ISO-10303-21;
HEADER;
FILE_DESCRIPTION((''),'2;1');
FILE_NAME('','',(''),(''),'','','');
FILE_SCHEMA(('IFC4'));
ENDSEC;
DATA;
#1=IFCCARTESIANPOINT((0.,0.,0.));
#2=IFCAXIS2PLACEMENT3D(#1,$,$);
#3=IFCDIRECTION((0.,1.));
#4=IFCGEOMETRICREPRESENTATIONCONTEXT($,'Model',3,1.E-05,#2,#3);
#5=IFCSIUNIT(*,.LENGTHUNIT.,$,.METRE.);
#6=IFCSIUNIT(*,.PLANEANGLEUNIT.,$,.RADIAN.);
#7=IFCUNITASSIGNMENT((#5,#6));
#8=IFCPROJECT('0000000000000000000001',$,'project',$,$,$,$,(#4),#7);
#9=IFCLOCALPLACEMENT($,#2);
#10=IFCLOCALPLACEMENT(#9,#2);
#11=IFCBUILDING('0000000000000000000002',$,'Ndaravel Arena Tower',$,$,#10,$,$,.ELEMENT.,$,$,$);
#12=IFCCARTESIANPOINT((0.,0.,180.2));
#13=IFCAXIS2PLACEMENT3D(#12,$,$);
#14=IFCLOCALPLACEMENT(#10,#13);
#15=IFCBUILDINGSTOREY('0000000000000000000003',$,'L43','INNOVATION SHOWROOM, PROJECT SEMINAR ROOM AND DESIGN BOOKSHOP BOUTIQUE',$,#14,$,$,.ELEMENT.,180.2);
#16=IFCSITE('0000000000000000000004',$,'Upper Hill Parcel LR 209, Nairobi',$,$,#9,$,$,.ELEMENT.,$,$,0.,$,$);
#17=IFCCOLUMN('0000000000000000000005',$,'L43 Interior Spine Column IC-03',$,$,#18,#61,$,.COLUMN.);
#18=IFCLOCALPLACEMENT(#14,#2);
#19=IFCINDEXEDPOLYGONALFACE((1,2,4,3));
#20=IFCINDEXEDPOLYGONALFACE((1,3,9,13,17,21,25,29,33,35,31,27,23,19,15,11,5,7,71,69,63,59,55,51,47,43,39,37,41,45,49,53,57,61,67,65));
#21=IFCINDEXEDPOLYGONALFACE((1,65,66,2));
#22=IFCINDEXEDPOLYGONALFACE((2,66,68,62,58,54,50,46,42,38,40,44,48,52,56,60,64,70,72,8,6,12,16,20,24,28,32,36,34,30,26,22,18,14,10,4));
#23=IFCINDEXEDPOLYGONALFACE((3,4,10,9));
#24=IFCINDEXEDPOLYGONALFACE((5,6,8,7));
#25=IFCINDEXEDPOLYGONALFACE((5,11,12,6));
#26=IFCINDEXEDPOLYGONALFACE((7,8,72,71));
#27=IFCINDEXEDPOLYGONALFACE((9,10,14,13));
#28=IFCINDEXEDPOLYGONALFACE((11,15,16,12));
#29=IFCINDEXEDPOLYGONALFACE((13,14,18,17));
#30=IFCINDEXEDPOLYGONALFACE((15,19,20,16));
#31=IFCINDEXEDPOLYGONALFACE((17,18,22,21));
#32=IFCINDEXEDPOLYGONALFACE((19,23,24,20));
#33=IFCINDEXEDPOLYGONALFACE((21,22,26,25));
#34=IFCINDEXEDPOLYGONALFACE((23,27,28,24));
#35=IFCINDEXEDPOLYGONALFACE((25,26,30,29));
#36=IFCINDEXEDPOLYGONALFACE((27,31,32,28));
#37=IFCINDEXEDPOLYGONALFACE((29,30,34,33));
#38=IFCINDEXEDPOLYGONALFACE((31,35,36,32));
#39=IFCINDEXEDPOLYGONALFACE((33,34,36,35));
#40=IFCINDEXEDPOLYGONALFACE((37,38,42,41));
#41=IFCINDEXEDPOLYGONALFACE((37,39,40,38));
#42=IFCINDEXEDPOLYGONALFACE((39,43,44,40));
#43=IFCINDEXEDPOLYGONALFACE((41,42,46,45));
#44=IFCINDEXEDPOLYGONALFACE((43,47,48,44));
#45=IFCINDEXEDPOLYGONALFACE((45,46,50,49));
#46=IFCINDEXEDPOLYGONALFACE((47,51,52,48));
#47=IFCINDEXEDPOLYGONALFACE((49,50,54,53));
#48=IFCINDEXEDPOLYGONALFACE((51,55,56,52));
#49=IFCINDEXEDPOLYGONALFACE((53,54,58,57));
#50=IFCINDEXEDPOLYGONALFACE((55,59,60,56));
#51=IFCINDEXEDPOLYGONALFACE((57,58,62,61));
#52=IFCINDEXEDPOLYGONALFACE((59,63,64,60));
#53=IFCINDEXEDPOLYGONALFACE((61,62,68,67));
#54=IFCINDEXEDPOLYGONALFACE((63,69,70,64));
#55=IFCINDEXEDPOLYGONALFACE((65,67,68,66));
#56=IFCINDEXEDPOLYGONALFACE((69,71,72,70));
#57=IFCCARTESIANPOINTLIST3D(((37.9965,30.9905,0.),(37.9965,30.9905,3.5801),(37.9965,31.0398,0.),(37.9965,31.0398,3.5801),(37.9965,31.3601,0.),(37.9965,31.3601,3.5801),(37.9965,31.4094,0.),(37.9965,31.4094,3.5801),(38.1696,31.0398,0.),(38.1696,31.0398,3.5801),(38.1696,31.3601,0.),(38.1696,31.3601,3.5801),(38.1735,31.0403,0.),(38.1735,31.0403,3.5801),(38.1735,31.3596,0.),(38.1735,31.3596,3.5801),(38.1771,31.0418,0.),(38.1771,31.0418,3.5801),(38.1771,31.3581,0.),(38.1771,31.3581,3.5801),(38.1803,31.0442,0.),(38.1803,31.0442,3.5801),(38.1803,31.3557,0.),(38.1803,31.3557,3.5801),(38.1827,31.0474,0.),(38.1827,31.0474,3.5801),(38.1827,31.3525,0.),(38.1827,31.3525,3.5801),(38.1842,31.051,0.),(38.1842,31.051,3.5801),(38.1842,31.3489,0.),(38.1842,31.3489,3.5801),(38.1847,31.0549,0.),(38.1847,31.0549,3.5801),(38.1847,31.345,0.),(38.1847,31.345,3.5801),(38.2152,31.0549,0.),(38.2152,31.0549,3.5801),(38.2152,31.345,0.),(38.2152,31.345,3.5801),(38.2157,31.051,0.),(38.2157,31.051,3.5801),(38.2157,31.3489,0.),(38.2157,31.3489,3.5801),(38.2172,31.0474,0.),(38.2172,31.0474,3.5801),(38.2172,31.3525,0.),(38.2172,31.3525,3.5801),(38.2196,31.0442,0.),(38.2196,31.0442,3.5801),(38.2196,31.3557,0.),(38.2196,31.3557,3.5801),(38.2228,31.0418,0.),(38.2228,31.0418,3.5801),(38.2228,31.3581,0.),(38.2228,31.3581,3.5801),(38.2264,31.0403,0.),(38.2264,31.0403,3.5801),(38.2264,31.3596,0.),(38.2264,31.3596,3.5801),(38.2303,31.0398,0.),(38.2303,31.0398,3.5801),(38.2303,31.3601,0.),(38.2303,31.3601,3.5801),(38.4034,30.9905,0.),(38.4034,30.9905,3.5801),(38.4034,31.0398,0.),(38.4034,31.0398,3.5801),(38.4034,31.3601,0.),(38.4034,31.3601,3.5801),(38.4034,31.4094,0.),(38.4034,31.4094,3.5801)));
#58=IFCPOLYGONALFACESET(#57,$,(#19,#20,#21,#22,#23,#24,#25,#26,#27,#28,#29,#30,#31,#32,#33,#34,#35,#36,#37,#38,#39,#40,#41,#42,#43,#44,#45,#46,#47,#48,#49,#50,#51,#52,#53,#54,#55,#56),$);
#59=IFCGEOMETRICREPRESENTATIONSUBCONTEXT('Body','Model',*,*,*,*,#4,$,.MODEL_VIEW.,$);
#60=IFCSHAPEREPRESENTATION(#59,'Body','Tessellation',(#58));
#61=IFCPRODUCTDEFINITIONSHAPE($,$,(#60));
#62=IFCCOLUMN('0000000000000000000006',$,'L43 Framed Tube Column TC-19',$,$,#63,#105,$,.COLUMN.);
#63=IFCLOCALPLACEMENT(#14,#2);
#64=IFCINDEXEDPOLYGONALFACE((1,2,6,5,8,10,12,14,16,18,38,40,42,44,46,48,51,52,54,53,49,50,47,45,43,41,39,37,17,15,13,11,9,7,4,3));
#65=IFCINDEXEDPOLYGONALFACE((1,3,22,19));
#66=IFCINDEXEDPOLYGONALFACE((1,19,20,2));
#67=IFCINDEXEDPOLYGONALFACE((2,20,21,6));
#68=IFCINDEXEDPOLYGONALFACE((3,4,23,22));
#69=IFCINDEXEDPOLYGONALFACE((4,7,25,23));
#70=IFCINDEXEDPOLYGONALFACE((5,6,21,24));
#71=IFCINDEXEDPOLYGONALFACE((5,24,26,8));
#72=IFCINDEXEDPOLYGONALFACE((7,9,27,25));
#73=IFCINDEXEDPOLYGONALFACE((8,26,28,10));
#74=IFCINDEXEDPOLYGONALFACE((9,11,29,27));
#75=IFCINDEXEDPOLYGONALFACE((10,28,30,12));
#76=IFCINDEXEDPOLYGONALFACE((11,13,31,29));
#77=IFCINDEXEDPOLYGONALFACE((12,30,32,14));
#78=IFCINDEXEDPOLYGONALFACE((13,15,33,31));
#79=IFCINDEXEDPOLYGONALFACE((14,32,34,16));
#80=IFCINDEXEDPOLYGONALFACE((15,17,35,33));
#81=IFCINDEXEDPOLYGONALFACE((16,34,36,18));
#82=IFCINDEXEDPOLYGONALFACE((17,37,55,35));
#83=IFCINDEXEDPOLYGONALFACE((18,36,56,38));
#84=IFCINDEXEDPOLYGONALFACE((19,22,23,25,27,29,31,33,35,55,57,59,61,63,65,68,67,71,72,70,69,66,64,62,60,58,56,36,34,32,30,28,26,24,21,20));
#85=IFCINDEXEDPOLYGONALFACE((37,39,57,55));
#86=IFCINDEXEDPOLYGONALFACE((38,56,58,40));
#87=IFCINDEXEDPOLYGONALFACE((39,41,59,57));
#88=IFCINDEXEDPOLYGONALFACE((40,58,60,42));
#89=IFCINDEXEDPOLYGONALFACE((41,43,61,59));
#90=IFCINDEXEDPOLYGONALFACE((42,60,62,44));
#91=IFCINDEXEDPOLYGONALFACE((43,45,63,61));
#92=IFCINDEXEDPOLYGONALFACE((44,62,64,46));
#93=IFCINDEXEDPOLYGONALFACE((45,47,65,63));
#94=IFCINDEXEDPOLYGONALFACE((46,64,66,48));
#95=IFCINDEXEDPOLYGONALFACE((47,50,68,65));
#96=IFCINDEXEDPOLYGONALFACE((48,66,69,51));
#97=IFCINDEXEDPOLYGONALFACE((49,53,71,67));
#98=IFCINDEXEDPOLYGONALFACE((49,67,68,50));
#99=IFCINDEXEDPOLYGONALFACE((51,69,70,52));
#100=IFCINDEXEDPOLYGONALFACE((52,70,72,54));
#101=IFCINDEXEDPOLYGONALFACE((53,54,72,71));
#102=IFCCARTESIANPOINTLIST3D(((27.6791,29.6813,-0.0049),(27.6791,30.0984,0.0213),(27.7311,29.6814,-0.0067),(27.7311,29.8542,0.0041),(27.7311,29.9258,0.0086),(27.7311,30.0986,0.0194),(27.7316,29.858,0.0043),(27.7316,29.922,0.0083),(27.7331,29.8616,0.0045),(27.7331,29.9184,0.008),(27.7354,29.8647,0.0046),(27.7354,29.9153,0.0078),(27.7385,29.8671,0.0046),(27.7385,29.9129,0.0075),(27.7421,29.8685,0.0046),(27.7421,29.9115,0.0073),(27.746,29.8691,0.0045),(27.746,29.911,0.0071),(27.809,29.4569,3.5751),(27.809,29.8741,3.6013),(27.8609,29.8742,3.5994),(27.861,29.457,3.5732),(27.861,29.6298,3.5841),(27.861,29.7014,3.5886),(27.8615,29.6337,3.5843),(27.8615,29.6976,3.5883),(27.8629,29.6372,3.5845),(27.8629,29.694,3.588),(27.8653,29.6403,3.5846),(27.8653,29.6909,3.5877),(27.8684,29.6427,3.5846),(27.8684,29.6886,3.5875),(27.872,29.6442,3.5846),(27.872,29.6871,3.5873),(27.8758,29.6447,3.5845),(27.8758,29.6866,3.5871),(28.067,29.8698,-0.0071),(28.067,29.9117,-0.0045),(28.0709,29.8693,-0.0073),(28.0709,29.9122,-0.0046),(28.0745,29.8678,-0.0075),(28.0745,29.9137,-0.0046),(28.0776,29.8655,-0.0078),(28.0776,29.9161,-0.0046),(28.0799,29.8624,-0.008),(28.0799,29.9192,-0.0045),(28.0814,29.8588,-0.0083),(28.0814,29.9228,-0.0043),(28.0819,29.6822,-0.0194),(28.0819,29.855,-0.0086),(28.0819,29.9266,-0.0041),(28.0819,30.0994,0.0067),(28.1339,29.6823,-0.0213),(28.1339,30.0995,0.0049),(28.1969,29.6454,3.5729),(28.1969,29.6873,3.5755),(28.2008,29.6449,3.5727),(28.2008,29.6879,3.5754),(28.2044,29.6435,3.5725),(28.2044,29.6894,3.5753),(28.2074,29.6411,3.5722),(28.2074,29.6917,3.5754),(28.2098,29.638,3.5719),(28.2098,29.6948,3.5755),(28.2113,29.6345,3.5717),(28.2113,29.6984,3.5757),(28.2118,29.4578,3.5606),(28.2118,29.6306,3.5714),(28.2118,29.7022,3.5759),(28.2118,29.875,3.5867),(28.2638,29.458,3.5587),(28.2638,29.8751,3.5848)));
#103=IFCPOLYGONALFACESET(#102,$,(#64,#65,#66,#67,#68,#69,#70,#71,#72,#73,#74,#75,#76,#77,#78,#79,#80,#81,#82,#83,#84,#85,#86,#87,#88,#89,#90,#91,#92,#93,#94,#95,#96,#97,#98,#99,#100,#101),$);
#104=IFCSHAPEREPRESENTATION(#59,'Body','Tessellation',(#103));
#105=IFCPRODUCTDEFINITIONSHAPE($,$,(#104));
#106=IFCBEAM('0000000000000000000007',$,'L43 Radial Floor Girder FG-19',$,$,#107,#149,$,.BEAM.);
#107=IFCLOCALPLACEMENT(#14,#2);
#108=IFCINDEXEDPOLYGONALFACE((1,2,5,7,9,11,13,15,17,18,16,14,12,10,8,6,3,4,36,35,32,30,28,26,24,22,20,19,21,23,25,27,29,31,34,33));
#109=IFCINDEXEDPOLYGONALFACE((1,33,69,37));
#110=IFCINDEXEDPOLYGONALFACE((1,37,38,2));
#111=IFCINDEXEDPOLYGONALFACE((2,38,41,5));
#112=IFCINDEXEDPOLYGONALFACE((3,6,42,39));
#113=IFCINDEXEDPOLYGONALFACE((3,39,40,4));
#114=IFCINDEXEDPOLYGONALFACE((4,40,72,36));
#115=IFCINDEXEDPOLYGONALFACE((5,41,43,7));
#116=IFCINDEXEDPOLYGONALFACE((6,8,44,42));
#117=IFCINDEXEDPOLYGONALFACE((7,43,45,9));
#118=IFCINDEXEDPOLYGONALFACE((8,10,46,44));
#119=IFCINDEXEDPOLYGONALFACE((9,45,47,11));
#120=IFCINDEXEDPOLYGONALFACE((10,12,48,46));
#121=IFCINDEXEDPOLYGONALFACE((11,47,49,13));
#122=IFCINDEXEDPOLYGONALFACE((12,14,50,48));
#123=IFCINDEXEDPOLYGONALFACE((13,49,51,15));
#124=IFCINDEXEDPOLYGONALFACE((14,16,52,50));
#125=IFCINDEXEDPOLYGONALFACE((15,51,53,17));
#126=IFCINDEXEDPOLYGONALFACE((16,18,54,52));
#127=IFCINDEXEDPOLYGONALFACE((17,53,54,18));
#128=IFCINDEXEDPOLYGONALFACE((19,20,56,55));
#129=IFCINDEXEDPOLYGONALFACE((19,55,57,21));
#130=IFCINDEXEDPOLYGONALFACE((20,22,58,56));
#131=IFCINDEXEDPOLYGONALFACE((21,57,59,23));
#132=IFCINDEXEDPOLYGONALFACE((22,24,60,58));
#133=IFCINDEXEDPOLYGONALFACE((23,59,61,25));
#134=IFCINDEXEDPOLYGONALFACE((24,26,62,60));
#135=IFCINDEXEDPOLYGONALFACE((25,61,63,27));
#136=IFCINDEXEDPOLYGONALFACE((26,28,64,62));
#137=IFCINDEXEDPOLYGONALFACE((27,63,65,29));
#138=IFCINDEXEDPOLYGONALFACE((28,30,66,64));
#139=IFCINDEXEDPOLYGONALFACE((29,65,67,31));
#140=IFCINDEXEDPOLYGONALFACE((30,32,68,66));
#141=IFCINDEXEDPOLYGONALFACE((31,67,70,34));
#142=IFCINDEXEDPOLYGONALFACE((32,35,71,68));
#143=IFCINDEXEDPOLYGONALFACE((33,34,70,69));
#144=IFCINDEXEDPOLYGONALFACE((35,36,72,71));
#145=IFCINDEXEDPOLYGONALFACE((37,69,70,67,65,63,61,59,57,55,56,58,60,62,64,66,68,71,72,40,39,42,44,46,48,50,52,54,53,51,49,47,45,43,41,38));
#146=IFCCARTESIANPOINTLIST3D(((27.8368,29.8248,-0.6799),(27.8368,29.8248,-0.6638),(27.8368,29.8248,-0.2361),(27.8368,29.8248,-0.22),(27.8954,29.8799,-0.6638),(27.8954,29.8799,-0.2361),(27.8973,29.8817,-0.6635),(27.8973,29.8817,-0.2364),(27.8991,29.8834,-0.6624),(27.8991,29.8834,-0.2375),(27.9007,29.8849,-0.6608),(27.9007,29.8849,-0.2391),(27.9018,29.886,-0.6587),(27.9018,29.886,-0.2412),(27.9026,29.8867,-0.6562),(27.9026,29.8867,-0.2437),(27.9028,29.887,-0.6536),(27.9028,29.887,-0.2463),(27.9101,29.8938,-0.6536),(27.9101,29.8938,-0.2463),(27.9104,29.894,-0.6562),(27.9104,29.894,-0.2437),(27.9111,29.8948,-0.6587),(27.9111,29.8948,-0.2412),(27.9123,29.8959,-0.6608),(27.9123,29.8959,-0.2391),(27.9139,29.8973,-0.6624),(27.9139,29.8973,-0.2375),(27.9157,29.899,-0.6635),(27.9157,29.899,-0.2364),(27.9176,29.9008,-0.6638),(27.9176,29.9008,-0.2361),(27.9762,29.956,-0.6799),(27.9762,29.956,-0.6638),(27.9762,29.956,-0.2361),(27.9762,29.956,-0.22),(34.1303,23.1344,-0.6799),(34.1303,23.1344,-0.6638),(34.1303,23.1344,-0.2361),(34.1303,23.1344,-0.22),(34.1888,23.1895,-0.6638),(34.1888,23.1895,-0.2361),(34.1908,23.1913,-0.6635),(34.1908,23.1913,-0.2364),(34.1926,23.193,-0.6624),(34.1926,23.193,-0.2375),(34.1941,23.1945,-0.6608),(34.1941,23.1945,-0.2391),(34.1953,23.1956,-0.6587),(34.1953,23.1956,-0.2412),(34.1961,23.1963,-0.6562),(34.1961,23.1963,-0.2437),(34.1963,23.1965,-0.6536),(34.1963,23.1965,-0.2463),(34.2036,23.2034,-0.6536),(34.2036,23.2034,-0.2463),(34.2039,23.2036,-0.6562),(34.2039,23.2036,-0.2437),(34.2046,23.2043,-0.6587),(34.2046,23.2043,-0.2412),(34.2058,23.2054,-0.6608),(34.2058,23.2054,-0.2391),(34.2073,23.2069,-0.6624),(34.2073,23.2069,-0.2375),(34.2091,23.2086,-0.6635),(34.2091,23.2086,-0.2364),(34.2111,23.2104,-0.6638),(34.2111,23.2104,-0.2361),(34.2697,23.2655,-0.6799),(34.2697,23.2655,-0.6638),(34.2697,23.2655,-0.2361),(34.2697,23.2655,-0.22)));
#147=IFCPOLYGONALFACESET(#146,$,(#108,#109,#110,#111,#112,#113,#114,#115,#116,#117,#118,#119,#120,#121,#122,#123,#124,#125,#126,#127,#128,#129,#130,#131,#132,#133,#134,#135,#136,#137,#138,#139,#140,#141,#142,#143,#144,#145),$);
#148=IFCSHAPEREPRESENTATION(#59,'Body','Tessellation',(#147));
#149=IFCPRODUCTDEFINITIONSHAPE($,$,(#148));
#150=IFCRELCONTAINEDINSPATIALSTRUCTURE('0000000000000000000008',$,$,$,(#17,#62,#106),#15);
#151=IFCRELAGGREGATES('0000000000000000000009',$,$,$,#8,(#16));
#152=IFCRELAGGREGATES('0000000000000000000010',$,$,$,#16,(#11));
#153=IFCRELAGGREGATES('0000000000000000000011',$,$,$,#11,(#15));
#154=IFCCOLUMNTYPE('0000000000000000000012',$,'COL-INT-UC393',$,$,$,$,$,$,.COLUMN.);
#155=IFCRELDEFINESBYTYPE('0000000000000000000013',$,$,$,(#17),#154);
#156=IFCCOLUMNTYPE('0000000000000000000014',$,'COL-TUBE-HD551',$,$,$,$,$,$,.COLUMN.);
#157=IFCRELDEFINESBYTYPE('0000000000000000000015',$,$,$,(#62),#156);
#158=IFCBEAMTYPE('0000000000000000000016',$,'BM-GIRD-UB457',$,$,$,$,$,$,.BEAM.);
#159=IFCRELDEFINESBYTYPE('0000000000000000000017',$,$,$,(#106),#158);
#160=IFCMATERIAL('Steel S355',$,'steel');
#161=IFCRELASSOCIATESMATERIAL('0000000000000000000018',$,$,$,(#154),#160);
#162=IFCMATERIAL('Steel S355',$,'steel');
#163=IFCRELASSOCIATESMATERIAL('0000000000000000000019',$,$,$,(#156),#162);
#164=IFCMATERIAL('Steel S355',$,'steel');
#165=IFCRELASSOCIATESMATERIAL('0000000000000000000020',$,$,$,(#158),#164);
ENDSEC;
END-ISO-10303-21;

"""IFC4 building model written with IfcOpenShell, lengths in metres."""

from ifc_helpers import new_model, si_unit, direction, frame, origin, origin_2d, place, context, subcontext, project, spatial, i_section, extrude, material, material_profile, profile_set, type_object, element, save


model = new_model("IFC4")

# Units and contexts
model_context = context("Model", 3, precision=1e-05, world=origin(), true_north=direction((0.0, 1.0)))
body_context = subcontext(model_context, "Body", "Model", "MODEL_VIEW")
ifc_project = project(units=[si_unit("LENGTHUNIT", "METRE"), si_unit("PLANEANGLEUNIT", "RADIAN")], contexts=[model_context])

# Site, building, storey
site_placement = place(None, origin())
site = spatial("IfcSite", under=ifc_project, at=site_placement, Name="Upper Hill Parcel LR 209, Nairobi", CompositionType="ELEMENT", RefElevation=0.0)
building_placement = place(site_placement, origin())
building = spatial("IfcBuilding", under=site, at=building_placement, Name="Ndaravel Arena Tower", CompositionType="ELEMENT")
storey_placement = place(building_placement, frame((0.0, 0.0, 180.2)))
storey = spatial("IfcBuildingStorey", under=building, at=storey_placement, Name="L43", Description="INNOVATION SHOWROOM, PROJECT SEMINAR ROOM AND DESIGN BOOKSHOP BOUTIQUE", CompositionType="ELEMENT", Elevation=180.2)

# Columns
ifc_material_1 = material(Name="Steel S355", Category="steel")
ifc_material_profile_1 = material_profile(ifc_material_1, i_section(OverallWidth=0.407, OverallDepth=0.4189, WebThickness=0.0305, FlangeThickness=0.0493, FilletRadius=0.0151, at=origin_2d()), Name="UC 356x406x393")
ifc_profile_set_1 = profile_set([ifc_material_profile_1], Name="Steel S355")
column_type_1 = type_object("IfcColumnType", Name="COL-INT-UC393", PredefinedType="COLUMN", material=ifc_profile_set_1)
column_1_placement = place(storey_placement, frame((38.2, 31.2, 0.0), z_axis=(0.0, 0.0, 1.0), x_axis=(1.0, 0.0, 0.0)))
element("IfcColumn", 1, at=column_1_placement, inside=storey, type_object=column_type_1, Name="L43 Interior Spine Column IC-03", PredefinedType="COLUMN", context=body_context, shape_type="SweptSolid", body=[
    extrude(i_section(OverallWidth=0.407, OverallDepth=0.4189, WebThickness=0.0305, FlangeThickness=0.0493, FilletRadius=0.0151, at=origin_2d()), origin(), (0.0, 0.0, 1.0), 3.5801),
])
ifc_material_2 = material(Name="Steel S355", Category="steel")
ifc_material_profile_2 = material_profile(ifc_material_2, i_section(OverallWidth=0.418, OverallDepth=0.4551, WebThickness=0.042, FlangeThickness=0.052, FilletRadius=0.0149, at=origin_2d()), Name="HD 400x551")
ifc_profile_set_2 = profile_set([ifc_material_profile_2], Name="Steel S355")
column_type_2 = type_object("IfcColumnType", Name="COL-TUBE-HD551", PredefinedType="COLUMN", material=ifc_profile_set_2)
column_2_placement = place(storey_placement, frame((27.9065, 29.8904, 0.0), z_axis=(0.036185, -0.062507, 0.997388), x_axis=(-0.000021, 0.998042, 0.062549)))
element("IfcColumn", 2, at=column_2_placement, inside=storey, type_object=column_type_2, Name="L43 Framed Tube Column TC-19", PredefinedType="COLUMN", context=body_context, shape_type="SweptSolid", body=[
    extrude(i_section(OverallWidth=0.418, OverallDepth=0.4551, WebThickness=0.042, FlangeThickness=0.052, FilletRadius=0.0149, at=origin_2d()), origin(), (0.0, 0.0, 1.0), 3.5894),
])

# Beam
ifc_material_3 = material(Name="Steel S355", Category="steel")
ifc_material_profile_3 = material_profile(ifc_material_3, i_section(OverallWidth=0.1914, OverallDepth=0.46, WebThickness=0.01, FlangeThickness=0.0161, FilletRadius=0.0103, at=origin_2d()), Name="UB 457x191x82")
ifc_profile_set_3 = profile_set([ifc_material_profile_3], Name="Steel S355")
beam_type_1 = type_object("IfcBeamType", Name="BM-GIRD-UB457", PredefinedType="BEAM", material=ifc_profile_set_3)
beam_1_placement = place(storey_placement, frame((27.9065, 29.8904, -0.45), z_axis=(0.685167, -0.728386, 0.0), x_axis=(0.728386, 0.685167, 0.0)))
element("IfcBeam", 3, at=beam_1_placement, inside=storey, type_object=beam_type_1, Name="L43 Radial Floor Girder FG-19", PredefinedType="BEAM", context=body_context, shape_type="SweptSolid", body=[
    extrude(i_section(OverallWidth=0.1914, OverallDepth=0.46, WebThickness=0.01, FlangeThickness=0.0161, FilletRadius=0.0103, at=origin_2d()), origin(), (0.0, 0.0, 1.0), 9.1853),
])

save(model, "model.ifc")
